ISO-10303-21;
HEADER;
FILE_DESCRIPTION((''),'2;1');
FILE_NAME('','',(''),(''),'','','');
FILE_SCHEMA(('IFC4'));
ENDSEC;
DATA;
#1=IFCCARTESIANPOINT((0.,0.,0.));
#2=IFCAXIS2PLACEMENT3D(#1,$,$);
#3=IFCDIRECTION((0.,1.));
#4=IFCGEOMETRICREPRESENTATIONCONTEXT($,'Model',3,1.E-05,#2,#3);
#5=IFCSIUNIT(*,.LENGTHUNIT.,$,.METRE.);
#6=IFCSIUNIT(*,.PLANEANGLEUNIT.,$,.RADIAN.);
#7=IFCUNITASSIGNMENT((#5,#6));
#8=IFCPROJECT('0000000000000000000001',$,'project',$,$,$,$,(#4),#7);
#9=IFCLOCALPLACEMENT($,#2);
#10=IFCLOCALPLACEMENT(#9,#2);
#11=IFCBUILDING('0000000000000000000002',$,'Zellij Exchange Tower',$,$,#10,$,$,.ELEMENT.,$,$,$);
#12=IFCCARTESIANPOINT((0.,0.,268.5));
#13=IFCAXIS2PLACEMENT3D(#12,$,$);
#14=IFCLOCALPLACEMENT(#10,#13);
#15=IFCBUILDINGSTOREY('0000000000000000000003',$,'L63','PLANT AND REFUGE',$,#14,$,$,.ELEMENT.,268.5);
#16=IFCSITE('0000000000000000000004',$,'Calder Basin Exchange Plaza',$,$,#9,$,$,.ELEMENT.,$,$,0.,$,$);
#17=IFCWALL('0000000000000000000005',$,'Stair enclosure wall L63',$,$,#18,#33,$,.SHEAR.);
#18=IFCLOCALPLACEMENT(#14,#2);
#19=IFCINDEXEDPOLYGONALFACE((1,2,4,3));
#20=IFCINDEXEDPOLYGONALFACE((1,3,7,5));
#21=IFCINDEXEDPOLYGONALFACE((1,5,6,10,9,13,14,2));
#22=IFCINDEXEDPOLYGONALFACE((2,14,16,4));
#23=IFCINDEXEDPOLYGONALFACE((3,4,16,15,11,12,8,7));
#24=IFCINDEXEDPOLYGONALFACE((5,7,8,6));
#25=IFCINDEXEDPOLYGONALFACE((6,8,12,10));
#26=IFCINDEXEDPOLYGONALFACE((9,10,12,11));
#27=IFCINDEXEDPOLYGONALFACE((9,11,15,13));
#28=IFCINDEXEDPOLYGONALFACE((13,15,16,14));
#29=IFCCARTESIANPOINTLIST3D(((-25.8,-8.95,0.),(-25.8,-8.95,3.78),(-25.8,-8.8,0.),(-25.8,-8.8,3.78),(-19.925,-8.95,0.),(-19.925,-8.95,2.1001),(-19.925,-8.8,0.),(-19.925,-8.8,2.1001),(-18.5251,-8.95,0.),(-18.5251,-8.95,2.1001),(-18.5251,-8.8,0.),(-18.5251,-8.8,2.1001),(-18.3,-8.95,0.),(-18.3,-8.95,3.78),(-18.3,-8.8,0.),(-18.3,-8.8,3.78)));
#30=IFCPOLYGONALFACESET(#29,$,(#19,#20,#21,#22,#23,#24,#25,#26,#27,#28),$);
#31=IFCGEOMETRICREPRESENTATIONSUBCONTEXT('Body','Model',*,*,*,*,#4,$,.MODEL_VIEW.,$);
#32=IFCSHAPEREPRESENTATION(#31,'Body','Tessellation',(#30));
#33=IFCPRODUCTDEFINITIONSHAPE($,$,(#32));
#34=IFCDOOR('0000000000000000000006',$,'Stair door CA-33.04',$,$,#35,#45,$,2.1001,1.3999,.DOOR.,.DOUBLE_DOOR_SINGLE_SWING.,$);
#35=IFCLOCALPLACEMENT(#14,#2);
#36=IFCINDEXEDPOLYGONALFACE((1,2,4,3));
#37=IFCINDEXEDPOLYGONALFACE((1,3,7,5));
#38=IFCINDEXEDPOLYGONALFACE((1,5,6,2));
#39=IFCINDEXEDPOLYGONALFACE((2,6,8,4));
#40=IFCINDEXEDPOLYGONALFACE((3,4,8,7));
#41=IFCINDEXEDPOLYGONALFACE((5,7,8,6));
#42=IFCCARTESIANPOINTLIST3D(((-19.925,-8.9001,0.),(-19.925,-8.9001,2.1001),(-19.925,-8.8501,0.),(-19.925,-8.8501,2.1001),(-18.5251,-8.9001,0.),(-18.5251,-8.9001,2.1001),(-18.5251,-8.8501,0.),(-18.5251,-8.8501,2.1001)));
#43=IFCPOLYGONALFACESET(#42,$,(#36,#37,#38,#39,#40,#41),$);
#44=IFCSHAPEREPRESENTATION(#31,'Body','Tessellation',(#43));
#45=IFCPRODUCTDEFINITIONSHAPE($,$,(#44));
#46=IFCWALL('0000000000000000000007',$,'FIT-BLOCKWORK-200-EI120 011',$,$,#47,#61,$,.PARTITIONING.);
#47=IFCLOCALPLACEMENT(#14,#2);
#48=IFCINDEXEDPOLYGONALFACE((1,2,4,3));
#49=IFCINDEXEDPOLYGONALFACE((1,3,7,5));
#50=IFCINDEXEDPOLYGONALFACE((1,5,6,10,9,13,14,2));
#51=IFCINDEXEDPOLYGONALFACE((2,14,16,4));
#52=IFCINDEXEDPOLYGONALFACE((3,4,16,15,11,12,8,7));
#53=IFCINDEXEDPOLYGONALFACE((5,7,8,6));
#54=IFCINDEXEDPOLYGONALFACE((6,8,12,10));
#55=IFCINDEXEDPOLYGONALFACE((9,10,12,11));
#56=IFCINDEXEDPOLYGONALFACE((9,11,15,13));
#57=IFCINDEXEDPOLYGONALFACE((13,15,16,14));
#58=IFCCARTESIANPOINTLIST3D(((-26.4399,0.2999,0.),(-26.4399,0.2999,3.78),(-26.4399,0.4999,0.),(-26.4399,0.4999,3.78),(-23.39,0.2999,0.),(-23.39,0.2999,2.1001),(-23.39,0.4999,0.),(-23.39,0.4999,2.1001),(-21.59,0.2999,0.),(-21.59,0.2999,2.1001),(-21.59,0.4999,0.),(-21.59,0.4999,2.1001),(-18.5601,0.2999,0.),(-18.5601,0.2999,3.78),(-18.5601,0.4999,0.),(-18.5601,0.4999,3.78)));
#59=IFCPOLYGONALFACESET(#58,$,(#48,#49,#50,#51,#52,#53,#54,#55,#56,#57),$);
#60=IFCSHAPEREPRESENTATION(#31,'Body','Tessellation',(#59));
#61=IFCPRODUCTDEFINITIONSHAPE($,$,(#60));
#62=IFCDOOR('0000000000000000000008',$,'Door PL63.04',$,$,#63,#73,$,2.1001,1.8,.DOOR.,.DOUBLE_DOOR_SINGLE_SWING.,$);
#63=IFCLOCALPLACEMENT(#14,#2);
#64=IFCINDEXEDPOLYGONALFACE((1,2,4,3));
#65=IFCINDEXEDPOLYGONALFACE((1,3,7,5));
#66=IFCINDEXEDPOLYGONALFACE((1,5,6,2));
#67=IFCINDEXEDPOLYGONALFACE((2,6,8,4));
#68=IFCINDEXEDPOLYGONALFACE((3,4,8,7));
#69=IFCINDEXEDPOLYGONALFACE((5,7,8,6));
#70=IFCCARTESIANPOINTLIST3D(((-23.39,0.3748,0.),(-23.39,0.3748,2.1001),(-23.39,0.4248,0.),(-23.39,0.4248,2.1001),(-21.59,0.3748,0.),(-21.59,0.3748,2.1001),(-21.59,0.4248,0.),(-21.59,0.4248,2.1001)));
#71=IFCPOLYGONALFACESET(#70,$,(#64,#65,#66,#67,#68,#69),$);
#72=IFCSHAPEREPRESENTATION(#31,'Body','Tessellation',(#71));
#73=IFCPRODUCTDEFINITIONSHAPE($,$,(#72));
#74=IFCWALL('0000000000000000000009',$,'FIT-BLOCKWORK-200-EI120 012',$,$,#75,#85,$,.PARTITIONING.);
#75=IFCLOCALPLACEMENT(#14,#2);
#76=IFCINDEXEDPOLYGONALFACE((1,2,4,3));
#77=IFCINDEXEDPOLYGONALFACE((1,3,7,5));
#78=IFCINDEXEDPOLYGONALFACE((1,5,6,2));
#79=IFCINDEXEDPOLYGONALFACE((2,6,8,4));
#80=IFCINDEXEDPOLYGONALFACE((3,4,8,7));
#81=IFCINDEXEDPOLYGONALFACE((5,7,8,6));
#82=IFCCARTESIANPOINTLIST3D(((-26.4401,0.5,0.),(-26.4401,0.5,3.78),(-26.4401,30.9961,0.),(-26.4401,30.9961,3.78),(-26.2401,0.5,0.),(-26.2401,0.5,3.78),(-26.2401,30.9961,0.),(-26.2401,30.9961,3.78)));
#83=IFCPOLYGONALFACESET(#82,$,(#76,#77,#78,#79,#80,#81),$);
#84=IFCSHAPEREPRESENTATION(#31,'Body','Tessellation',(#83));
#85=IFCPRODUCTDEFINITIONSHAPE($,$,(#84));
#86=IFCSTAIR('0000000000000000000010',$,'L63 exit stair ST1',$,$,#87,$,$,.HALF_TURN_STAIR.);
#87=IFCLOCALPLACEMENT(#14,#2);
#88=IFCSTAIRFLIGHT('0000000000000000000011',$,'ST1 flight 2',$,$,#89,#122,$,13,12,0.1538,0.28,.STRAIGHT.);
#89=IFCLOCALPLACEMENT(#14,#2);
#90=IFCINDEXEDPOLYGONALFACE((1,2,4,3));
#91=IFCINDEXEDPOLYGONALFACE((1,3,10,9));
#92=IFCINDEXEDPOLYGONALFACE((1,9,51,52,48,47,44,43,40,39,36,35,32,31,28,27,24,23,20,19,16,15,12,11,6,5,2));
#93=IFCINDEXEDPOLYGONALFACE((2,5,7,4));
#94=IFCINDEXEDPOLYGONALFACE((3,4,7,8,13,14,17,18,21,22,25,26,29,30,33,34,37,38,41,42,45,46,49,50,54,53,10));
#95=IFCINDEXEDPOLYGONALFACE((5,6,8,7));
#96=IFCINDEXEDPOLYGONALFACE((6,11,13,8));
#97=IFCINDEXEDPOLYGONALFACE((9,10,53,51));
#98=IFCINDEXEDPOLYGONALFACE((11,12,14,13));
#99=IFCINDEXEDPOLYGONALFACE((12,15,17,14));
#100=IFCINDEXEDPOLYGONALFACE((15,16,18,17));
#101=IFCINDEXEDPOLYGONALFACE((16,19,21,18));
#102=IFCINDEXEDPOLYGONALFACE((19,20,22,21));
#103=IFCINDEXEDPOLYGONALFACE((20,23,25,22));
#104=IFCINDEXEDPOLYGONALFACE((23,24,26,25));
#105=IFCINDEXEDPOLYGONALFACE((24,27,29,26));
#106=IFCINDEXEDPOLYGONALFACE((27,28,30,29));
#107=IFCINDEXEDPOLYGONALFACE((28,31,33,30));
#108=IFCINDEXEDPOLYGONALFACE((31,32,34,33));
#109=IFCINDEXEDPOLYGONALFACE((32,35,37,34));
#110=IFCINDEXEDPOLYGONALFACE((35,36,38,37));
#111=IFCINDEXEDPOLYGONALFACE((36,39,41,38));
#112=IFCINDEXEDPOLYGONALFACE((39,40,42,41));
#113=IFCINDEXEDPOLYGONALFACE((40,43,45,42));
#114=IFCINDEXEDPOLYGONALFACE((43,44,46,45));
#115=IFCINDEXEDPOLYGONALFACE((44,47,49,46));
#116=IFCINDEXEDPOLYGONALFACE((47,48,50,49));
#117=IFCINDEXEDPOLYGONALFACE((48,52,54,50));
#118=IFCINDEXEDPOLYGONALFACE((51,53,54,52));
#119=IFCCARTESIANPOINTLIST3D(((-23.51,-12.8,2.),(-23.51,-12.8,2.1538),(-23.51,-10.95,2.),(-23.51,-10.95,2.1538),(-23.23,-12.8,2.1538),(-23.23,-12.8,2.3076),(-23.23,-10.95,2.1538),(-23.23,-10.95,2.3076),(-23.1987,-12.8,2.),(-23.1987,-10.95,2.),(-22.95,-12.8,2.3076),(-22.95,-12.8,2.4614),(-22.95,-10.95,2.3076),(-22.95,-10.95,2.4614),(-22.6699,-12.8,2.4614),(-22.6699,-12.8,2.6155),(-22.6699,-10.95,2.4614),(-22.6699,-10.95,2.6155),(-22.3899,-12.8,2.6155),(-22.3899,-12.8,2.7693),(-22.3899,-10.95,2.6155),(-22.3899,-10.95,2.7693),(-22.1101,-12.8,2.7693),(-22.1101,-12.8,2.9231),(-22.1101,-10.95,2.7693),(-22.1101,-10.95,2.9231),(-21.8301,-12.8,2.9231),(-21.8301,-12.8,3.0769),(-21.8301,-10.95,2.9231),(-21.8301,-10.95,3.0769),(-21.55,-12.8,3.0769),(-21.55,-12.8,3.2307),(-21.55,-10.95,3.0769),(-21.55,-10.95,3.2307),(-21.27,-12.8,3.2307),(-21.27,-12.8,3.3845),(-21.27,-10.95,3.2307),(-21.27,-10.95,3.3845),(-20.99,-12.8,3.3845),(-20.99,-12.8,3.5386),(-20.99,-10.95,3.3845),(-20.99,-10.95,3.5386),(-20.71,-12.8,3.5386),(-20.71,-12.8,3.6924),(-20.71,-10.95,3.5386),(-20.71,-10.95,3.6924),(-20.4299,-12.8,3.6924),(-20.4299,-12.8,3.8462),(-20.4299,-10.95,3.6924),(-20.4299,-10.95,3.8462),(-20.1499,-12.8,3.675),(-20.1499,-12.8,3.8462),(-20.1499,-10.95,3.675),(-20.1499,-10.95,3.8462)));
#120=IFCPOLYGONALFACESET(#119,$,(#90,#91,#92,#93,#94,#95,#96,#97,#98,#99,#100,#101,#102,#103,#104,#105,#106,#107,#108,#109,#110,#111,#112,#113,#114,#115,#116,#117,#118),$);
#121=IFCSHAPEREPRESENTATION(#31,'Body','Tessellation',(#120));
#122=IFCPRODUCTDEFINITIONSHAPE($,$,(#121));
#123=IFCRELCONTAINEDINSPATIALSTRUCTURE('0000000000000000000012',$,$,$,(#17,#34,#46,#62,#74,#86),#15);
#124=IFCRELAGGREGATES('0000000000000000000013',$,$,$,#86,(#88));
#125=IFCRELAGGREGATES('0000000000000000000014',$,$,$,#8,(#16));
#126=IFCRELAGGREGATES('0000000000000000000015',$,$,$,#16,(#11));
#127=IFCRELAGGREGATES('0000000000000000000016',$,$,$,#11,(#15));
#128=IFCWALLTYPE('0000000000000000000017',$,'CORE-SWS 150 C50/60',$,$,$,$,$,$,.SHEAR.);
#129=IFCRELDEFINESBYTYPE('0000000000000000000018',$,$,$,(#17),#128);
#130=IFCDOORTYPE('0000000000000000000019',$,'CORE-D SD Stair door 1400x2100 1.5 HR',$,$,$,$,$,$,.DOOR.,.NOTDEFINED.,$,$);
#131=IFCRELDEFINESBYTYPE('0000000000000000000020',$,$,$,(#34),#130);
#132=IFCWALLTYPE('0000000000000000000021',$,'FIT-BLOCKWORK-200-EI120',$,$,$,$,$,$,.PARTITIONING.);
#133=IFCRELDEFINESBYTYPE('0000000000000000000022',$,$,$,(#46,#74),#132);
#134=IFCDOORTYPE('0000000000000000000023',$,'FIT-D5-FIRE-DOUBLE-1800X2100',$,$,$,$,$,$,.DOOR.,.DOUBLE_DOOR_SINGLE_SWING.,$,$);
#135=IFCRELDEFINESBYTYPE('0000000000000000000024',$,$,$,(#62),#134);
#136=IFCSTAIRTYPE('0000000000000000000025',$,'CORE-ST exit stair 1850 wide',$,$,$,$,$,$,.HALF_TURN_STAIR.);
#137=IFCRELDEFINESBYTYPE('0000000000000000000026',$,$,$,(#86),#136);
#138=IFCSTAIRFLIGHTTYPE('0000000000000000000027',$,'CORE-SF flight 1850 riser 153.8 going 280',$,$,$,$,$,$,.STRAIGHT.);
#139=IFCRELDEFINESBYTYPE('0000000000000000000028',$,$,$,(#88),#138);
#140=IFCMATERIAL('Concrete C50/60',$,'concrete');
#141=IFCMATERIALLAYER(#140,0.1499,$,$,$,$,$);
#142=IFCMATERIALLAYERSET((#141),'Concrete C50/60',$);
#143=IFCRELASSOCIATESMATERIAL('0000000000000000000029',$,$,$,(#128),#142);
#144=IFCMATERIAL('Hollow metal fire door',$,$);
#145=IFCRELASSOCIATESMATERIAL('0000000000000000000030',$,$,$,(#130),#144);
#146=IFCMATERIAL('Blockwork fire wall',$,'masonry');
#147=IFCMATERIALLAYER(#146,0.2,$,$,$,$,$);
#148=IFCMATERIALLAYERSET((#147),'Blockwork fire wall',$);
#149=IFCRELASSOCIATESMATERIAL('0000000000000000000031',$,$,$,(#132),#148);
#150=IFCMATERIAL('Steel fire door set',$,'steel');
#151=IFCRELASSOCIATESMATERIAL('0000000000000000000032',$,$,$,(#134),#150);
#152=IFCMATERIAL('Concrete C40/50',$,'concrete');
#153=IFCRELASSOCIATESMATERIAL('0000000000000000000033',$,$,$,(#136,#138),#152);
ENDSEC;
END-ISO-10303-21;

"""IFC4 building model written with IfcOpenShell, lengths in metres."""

from ifc_helpers import new_model, si_unit, direction, frame, frame_2d, origin, place, context, subcontext, project, spatial, polyline, rectangle, outline, extrude, material, layer, layer_set, type_object, element, fill, aggregate, save


model = new_model("IFC4")

# Units and contexts
model_context = context("Model", 3, precision=1e-05, world=origin(), true_north=direction((0.0, 1.0)))
body_context = subcontext(model_context, "Body", "Model", "MODEL_VIEW")
ifc_project = project(units=[si_unit("LENGTHUNIT", "METRE"), si_unit("PLANEANGLEUNIT", "RADIAN")], contexts=[model_context])

# Site, building, storey
site_placement = place(None, origin())
site = spatial("IfcSite", under=ifc_project, at=site_placement, Name="Calder Basin Exchange Plaza", CompositionType="ELEMENT", RefElevation=0.0)
building_placement = place(site_placement, origin())
building = spatial("IfcBuilding", under=site, at=building_placement, Name="Zellij Exchange Tower", CompositionType="ELEMENT")
storey_placement = place(building_placement, frame((0.0, 0.0, 268.5)))
storey = spatial("IfcBuildingStorey", under=building, at=storey_placement, Name="L63", Description="PLANT AND REFUGE", CompositionType="ELEMENT", Elevation=268.5)

# Shared definitions
ifc_material_1 = material(Name="Hollow metal fire door")

# Walls, openings, doors
ifc_material_2 = material(Name="Concrete C50/60", Category="concrete")
ifc_layer_1 = layer(ifc_material_2, 0.1499)
ifc_layer_set_1 = layer_set([ifc_layer_1], Name="Concrete C50/60")
wall_type_1 = type_object("IfcWallType", Name="CORE-SWS 150 C50/60", PredefinedType="SHEAR", material=ifc_layer_set_1)
wall_1_placement = place(storey_placement, frame((-25.8, -8.875, 0.0), z_axis=(0.0, 0.0, 1.0), x_axis=(1.0, 0.0, 0.0)))
wall_1 = element("IfcWall", 1, at=wall_1_placement, inside=storey, type_object=wall_type_1, Name="Stair enclosure wall L63", PredefinedType="SHEAR", context=body_context, shape_type="SweptSolid", body=[
    extrude(rectangle(XDim=7.5, YDim=0.1499, at=frame_2d((3.75, 0.0))), origin(), (0.0, 0.0, 1.0), 3.78),
])
opening_1_placement = place(wall_1_placement, frame((5.875, 0.0, 0.0)))
opening_1 = element("IfcOpeningElement", 2, at=opening_1_placement, cuts=wall_1, PredefinedType="OPENING", context=body_context, shape_type="SweptSolid", body=[
    extrude(rectangle(XDim=1.3999, YDim=2.1001, at=frame_2d((0.7, 1.05))), frame((0.0, 0.0869, 0.0), z_axis=(0.0, -1.0, 0.0), x_axis=(1.0, 0.0, 0.0)), (0.0, 0.0, 1.0), 0.1738),
])
door_type_1 = type_object("IfcDoorType", Name="CORE-D SD Stair door 1400x2100 1.5 HR", OperationType="NOTDEFINED", PredefinedType="DOOR", material=ifc_material_1)
door_1_placement = place(opening_1_placement, origin())
door_1 = element("IfcDoor", 3, at=door_1_placement, inside=storey, type_object=door_type_1, Name="Stair door CA-33.04", OperationType="DOUBLE_DOOR_SINGLE_SWING", OverallHeight=2.1001, OverallWidth=1.3999, PredefinedType="DOOR", context=body_context, shape_type="SweptSolid", body=[
    extrude(rectangle(XDim=1.3999, YDim=2.1001, at=frame_2d((0.7, 1.05))), frame((0.0, 0.0249, 0.0), z_axis=(0.0, -1.0, 0.0), x_axis=(1.0, 0.0, 0.0)), (0.0, 0.0, 1.0), 0.05),
])
fill(opening_1, door_1)
ifc_material_3 = material(Name="Blockwork fire wall", Category="masonry")
ifc_layer_2 = layer(ifc_material_3, 0.2)
ifc_layer_set_2 = layer_set([ifc_layer_2], Name="Blockwork fire wall")
wall_type_2 = type_object("IfcWallType", Name="FIT-BLOCKWORK-200-EI120", PredefinedType="PARTITIONING", material=ifc_layer_set_2)
wall_2_placement = place(storey_placement, frame((-26.4399, 0.3999, 0.0), z_axis=(0.0, 0.0, 1.0), x_axis=(1.0, 0.0, 0.0)))
wall_2 = element("IfcWall", 4, at=wall_2_placement, inside=storey, type_object=wall_type_2, Name="FIT-BLOCKWORK-200-EI120 011", PredefinedType="PARTITIONING", context=body_context, shape_type="SweptSolid", body=[
    extrude(rectangle(XDim=7.8799, YDim=0.2, at=frame_2d((3.9399, 0.0))), origin(), (0.0, 0.0, 1.0), 3.78),
])
opening_2_placement = place(wall_2_placement, frame((3.05, 0.0, 0.0)))
opening_2 = element("IfcOpeningElement", 5, at=opening_2_placement, cuts=wall_2, PredefinedType="OPENING", context=body_context, shape_type="SweptSolid", body=[
    extrude(rectangle(XDim=1.8, YDim=2.1001, at=frame_2d((0.8999, 1.05))), frame((0.0, 0.1118, 0.0), z_axis=(0.0, -1.0, 0.0), x_axis=(1.0, 0.0, 0.0)), (0.0, 0.0, 1.0), 0.2239),
])
ifc_material_4 = material(Name="Steel fire door set", Category="steel")
door_type_2 = type_object("IfcDoorType", Name="FIT-D5-FIRE-DOUBLE-1800X2100", OperationType="DOUBLE_DOOR_SINGLE_SWING", PredefinedType="DOOR", material=ifc_material_4)
door_2_placement = place(opening_2_placement, origin())
door_2 = element("IfcDoor", 6, at=door_2_placement, inside=storey, type_object=door_type_2, Name="Door PL63.04", OperationType="DOUBLE_DOOR_SINGLE_SWING", OverallHeight=2.1001, OverallWidth=1.8, PredefinedType="DOOR", context=body_context, shape_type="SweptSolid", body=[
    extrude(rectangle(XDim=1.8, YDim=2.1001, at=frame_2d((0.8999, 1.05))), frame((0.0, 0.0249, 0.0), z_axis=(0.0, -1.0, 0.0), x_axis=(1.0, 0.0, 0.0)), (0.0, 0.0, 1.0), 0.05),
])
fill(opening_2, door_2)

# Wall
wall_3_placement = place(storey_placement, frame((-26.3401, 0.5, 0.0), z_axis=(0.0, 0.0, 1.0), x_axis=(0.0, 1.0, 0.0)))
element("IfcWall", 7, at=wall_3_placement, inside=storey, type_object=wall_type_2, Name="FIT-BLOCKWORK-200-EI120 012", PredefinedType="PARTITIONING", context=body_context, shape_type="SweptSolid", body=[
    extrude(rectangle(XDim=30.4961, YDim=0.2, at=frame_2d((15.248, 0.0))), origin(), (0.0, 0.0, 1.0), 3.78),
])

# Stair, stair flight
ifc_material_5 = material(Name="Concrete C40/50", Category="concrete")
stair_type = type_object("IfcStairType", Name="CORE-ST exit stair 1850 wide", PredefinedType="HALF_TURN_STAIR", material=ifc_material_5)
stair_placement = place(storey_placement, origin())
stair = element("IfcStair", 8, at=stair_placement, inside=storey, type_object=stair_type, Name="L63 exit stair ST1", PredefinedType="HALF_TURN_STAIR")
stair_flight_type = type_object("IfcStairFlightType", Name="CORE-SF flight 1850 riser 153.8 going 280", PredefinedType="STRAIGHT", material=ifc_material_5)
stair_flight_placement = place(storey_placement, frame((-23.51, -11.875, 2.0), z_axis=(0.0, 0.0, 1.0), x_axis=(1.0, 0.0, 0.0)))
stair_flight = element("IfcStairFlight", 9, at=stair_flight_placement, type_object=stair_flight_type, Name="ST1 flight 2", NumberOfRisers=13, NumberOfTreads=12, PredefinedType="STRAIGHT", RiserHeight=0.1538, TreadLength=0.28, context=body_context, shape_type="SweptSolid", body=[
    extrude(outline(polyline([(0.0, 0.0), (0.0, 0.1538), (0.28, 0.1538), (0.28, 0.3076), (0.5601, 0.3076), (0.5601, 0.4614), (0.8401, 0.4614), (0.8401, 0.6155), (1.1201, 0.6155), (1.1201, 0.7693), (1.3999, 0.7693), (1.3999, 0.9231), (1.6799, 0.9231), (1.6799, 1.0769), (1.96, 1.0769), (1.96, 1.2307), (2.24, 1.2307), (2.24, 1.3845), (2.52, 1.3845), (2.52, 1.5386), (2.8, 1.5386), (2.8, 1.6924), (3.0801, 1.6924), (3.0801, 1.8462), (3.3601, 1.8462), (3.3601, 2.0), (3.3601, 1.675), (0.3113, 0.0), (0.0, 0.0)])), frame((0.0, 0.925, 0.0), z_axis=(0.0, -1.0, 0.0), x_axis=(1.0, 0.0, 0.0)), (0.0, 0.0, 1.0), 1.8501),
])
aggregate(stair, [stair_flight])

save(model, "model.ifc")
